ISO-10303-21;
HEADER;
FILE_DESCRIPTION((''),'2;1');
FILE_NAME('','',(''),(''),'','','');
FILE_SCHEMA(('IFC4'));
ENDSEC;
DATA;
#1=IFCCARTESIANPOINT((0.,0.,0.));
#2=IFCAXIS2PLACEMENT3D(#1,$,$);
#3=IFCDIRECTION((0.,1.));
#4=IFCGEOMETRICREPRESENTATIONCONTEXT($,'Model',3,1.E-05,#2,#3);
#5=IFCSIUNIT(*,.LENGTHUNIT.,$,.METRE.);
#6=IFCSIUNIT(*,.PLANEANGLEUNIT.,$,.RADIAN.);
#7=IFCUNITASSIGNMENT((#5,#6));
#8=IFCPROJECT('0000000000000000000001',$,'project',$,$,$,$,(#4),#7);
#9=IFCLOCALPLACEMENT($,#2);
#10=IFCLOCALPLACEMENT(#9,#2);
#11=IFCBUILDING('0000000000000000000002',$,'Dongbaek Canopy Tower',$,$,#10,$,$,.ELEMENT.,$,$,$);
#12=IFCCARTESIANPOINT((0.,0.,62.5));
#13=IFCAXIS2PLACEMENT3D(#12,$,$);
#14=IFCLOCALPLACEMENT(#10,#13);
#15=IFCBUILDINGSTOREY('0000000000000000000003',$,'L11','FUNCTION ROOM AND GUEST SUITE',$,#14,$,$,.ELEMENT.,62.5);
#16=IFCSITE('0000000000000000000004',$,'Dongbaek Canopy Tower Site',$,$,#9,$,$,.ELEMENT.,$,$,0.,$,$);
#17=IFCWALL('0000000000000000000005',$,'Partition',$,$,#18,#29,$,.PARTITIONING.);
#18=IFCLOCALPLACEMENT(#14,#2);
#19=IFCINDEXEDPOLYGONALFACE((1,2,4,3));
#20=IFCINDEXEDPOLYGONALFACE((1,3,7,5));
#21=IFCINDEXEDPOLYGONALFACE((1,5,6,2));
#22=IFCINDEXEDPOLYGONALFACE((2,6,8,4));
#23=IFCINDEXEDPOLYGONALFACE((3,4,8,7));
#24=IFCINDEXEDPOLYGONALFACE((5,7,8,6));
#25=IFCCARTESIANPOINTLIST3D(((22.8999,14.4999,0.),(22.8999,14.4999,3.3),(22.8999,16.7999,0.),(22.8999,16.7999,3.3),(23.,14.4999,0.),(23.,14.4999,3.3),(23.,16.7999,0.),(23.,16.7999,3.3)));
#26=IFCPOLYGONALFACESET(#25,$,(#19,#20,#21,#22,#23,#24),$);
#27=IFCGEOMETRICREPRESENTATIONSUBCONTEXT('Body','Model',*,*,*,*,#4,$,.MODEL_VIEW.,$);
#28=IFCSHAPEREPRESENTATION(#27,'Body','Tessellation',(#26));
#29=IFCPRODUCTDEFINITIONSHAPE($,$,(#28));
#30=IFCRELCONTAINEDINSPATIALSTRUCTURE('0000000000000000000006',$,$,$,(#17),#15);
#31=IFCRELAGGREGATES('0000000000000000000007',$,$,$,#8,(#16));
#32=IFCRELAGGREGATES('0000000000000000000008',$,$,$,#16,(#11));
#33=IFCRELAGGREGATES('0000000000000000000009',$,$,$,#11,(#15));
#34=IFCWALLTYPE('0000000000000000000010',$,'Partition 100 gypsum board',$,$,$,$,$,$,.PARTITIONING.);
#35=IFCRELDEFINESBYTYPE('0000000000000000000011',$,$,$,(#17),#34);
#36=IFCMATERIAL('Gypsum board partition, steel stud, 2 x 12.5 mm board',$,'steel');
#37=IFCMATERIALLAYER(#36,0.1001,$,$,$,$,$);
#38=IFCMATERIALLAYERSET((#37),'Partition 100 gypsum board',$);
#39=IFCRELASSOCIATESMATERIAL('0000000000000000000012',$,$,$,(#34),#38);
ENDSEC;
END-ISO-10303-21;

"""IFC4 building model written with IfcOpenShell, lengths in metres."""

from ifc_helpers import new_model, si_unit, direction, frame, frame_2d, origin, place, context, subcontext, project, spatial, rectangle, extrude, material, layer, layer_set, type_object, element, save


model = new_model("IFC4")

# Units and contexts
model_context = context("Model", 3, precision=1e-05, world=origin(), true_north=direction((0.0, 1.0)))
body_context = subcontext(model_context, "Body", "Model", "MODEL_VIEW")
ifc_project = project(units=[si_unit("LENGTHUNIT", "METRE"), si_unit("PLANEANGLEUNIT", "RADIAN")], contexts=[model_context])

# Site, building, storey
site_placement = place(None, origin())
site = spatial("IfcSite", under=ifc_project, at=site_placement, Name="Dongbaek Canopy Tower Site", CompositionType="ELEMENT", RefElevation=0.0)
building_placement = place(site_placement, origin())
building = spatial("IfcBuilding", under=site, at=building_placement, Name="Dongbaek Canopy Tower", CompositionType="ELEMENT")
storey_placement = place(building_placement, frame((0.0, 0.0, 62.5)))
storey = spatial("IfcBuildingStorey", under=building, at=storey_placement, Name="L11", Description="FUNCTION ROOM AND GUEST SUITE", CompositionType="ELEMENT", Elevation=62.5)

# Shared definitions
ifc_material_1 = material(Name="Gypsum board partition, steel stud, 2 x 12.5 mm board", Category="steel")
ifc_layer_1 = layer(ifc_material_1, 0.1001)
ifc_layer_set_1 = layer_set([ifc_layer_1], Name="Partition 100 gypsum board")
wall_type_1 = type_object("IfcWallType", Name="Partition 100 gypsum board", PredefinedType="PARTITIONING", material=ifc_layer_set_1)

# Wall
wall_1_placement = place(storey_placement, frame((22.95, 14.5, 0.0), z_axis=(0.0, 0.0, 1.0), x_axis=(0.0, 1.0, 0.0)))
element("IfcWall", 1, at=wall_1_placement, inside=storey, type_object=wall_type_1, Name="Partition", PredefinedType="PARTITIONING", context=body_context, shape_type="SweptSolid", body=[
    extrude(rectangle(XDim=2.3, YDim=0.1001, at=frame_2d((1.1499, 0.0))), origin(), (0.0, 0.0, 1.0), 3.3),
])

save(model, "model.ifc")
